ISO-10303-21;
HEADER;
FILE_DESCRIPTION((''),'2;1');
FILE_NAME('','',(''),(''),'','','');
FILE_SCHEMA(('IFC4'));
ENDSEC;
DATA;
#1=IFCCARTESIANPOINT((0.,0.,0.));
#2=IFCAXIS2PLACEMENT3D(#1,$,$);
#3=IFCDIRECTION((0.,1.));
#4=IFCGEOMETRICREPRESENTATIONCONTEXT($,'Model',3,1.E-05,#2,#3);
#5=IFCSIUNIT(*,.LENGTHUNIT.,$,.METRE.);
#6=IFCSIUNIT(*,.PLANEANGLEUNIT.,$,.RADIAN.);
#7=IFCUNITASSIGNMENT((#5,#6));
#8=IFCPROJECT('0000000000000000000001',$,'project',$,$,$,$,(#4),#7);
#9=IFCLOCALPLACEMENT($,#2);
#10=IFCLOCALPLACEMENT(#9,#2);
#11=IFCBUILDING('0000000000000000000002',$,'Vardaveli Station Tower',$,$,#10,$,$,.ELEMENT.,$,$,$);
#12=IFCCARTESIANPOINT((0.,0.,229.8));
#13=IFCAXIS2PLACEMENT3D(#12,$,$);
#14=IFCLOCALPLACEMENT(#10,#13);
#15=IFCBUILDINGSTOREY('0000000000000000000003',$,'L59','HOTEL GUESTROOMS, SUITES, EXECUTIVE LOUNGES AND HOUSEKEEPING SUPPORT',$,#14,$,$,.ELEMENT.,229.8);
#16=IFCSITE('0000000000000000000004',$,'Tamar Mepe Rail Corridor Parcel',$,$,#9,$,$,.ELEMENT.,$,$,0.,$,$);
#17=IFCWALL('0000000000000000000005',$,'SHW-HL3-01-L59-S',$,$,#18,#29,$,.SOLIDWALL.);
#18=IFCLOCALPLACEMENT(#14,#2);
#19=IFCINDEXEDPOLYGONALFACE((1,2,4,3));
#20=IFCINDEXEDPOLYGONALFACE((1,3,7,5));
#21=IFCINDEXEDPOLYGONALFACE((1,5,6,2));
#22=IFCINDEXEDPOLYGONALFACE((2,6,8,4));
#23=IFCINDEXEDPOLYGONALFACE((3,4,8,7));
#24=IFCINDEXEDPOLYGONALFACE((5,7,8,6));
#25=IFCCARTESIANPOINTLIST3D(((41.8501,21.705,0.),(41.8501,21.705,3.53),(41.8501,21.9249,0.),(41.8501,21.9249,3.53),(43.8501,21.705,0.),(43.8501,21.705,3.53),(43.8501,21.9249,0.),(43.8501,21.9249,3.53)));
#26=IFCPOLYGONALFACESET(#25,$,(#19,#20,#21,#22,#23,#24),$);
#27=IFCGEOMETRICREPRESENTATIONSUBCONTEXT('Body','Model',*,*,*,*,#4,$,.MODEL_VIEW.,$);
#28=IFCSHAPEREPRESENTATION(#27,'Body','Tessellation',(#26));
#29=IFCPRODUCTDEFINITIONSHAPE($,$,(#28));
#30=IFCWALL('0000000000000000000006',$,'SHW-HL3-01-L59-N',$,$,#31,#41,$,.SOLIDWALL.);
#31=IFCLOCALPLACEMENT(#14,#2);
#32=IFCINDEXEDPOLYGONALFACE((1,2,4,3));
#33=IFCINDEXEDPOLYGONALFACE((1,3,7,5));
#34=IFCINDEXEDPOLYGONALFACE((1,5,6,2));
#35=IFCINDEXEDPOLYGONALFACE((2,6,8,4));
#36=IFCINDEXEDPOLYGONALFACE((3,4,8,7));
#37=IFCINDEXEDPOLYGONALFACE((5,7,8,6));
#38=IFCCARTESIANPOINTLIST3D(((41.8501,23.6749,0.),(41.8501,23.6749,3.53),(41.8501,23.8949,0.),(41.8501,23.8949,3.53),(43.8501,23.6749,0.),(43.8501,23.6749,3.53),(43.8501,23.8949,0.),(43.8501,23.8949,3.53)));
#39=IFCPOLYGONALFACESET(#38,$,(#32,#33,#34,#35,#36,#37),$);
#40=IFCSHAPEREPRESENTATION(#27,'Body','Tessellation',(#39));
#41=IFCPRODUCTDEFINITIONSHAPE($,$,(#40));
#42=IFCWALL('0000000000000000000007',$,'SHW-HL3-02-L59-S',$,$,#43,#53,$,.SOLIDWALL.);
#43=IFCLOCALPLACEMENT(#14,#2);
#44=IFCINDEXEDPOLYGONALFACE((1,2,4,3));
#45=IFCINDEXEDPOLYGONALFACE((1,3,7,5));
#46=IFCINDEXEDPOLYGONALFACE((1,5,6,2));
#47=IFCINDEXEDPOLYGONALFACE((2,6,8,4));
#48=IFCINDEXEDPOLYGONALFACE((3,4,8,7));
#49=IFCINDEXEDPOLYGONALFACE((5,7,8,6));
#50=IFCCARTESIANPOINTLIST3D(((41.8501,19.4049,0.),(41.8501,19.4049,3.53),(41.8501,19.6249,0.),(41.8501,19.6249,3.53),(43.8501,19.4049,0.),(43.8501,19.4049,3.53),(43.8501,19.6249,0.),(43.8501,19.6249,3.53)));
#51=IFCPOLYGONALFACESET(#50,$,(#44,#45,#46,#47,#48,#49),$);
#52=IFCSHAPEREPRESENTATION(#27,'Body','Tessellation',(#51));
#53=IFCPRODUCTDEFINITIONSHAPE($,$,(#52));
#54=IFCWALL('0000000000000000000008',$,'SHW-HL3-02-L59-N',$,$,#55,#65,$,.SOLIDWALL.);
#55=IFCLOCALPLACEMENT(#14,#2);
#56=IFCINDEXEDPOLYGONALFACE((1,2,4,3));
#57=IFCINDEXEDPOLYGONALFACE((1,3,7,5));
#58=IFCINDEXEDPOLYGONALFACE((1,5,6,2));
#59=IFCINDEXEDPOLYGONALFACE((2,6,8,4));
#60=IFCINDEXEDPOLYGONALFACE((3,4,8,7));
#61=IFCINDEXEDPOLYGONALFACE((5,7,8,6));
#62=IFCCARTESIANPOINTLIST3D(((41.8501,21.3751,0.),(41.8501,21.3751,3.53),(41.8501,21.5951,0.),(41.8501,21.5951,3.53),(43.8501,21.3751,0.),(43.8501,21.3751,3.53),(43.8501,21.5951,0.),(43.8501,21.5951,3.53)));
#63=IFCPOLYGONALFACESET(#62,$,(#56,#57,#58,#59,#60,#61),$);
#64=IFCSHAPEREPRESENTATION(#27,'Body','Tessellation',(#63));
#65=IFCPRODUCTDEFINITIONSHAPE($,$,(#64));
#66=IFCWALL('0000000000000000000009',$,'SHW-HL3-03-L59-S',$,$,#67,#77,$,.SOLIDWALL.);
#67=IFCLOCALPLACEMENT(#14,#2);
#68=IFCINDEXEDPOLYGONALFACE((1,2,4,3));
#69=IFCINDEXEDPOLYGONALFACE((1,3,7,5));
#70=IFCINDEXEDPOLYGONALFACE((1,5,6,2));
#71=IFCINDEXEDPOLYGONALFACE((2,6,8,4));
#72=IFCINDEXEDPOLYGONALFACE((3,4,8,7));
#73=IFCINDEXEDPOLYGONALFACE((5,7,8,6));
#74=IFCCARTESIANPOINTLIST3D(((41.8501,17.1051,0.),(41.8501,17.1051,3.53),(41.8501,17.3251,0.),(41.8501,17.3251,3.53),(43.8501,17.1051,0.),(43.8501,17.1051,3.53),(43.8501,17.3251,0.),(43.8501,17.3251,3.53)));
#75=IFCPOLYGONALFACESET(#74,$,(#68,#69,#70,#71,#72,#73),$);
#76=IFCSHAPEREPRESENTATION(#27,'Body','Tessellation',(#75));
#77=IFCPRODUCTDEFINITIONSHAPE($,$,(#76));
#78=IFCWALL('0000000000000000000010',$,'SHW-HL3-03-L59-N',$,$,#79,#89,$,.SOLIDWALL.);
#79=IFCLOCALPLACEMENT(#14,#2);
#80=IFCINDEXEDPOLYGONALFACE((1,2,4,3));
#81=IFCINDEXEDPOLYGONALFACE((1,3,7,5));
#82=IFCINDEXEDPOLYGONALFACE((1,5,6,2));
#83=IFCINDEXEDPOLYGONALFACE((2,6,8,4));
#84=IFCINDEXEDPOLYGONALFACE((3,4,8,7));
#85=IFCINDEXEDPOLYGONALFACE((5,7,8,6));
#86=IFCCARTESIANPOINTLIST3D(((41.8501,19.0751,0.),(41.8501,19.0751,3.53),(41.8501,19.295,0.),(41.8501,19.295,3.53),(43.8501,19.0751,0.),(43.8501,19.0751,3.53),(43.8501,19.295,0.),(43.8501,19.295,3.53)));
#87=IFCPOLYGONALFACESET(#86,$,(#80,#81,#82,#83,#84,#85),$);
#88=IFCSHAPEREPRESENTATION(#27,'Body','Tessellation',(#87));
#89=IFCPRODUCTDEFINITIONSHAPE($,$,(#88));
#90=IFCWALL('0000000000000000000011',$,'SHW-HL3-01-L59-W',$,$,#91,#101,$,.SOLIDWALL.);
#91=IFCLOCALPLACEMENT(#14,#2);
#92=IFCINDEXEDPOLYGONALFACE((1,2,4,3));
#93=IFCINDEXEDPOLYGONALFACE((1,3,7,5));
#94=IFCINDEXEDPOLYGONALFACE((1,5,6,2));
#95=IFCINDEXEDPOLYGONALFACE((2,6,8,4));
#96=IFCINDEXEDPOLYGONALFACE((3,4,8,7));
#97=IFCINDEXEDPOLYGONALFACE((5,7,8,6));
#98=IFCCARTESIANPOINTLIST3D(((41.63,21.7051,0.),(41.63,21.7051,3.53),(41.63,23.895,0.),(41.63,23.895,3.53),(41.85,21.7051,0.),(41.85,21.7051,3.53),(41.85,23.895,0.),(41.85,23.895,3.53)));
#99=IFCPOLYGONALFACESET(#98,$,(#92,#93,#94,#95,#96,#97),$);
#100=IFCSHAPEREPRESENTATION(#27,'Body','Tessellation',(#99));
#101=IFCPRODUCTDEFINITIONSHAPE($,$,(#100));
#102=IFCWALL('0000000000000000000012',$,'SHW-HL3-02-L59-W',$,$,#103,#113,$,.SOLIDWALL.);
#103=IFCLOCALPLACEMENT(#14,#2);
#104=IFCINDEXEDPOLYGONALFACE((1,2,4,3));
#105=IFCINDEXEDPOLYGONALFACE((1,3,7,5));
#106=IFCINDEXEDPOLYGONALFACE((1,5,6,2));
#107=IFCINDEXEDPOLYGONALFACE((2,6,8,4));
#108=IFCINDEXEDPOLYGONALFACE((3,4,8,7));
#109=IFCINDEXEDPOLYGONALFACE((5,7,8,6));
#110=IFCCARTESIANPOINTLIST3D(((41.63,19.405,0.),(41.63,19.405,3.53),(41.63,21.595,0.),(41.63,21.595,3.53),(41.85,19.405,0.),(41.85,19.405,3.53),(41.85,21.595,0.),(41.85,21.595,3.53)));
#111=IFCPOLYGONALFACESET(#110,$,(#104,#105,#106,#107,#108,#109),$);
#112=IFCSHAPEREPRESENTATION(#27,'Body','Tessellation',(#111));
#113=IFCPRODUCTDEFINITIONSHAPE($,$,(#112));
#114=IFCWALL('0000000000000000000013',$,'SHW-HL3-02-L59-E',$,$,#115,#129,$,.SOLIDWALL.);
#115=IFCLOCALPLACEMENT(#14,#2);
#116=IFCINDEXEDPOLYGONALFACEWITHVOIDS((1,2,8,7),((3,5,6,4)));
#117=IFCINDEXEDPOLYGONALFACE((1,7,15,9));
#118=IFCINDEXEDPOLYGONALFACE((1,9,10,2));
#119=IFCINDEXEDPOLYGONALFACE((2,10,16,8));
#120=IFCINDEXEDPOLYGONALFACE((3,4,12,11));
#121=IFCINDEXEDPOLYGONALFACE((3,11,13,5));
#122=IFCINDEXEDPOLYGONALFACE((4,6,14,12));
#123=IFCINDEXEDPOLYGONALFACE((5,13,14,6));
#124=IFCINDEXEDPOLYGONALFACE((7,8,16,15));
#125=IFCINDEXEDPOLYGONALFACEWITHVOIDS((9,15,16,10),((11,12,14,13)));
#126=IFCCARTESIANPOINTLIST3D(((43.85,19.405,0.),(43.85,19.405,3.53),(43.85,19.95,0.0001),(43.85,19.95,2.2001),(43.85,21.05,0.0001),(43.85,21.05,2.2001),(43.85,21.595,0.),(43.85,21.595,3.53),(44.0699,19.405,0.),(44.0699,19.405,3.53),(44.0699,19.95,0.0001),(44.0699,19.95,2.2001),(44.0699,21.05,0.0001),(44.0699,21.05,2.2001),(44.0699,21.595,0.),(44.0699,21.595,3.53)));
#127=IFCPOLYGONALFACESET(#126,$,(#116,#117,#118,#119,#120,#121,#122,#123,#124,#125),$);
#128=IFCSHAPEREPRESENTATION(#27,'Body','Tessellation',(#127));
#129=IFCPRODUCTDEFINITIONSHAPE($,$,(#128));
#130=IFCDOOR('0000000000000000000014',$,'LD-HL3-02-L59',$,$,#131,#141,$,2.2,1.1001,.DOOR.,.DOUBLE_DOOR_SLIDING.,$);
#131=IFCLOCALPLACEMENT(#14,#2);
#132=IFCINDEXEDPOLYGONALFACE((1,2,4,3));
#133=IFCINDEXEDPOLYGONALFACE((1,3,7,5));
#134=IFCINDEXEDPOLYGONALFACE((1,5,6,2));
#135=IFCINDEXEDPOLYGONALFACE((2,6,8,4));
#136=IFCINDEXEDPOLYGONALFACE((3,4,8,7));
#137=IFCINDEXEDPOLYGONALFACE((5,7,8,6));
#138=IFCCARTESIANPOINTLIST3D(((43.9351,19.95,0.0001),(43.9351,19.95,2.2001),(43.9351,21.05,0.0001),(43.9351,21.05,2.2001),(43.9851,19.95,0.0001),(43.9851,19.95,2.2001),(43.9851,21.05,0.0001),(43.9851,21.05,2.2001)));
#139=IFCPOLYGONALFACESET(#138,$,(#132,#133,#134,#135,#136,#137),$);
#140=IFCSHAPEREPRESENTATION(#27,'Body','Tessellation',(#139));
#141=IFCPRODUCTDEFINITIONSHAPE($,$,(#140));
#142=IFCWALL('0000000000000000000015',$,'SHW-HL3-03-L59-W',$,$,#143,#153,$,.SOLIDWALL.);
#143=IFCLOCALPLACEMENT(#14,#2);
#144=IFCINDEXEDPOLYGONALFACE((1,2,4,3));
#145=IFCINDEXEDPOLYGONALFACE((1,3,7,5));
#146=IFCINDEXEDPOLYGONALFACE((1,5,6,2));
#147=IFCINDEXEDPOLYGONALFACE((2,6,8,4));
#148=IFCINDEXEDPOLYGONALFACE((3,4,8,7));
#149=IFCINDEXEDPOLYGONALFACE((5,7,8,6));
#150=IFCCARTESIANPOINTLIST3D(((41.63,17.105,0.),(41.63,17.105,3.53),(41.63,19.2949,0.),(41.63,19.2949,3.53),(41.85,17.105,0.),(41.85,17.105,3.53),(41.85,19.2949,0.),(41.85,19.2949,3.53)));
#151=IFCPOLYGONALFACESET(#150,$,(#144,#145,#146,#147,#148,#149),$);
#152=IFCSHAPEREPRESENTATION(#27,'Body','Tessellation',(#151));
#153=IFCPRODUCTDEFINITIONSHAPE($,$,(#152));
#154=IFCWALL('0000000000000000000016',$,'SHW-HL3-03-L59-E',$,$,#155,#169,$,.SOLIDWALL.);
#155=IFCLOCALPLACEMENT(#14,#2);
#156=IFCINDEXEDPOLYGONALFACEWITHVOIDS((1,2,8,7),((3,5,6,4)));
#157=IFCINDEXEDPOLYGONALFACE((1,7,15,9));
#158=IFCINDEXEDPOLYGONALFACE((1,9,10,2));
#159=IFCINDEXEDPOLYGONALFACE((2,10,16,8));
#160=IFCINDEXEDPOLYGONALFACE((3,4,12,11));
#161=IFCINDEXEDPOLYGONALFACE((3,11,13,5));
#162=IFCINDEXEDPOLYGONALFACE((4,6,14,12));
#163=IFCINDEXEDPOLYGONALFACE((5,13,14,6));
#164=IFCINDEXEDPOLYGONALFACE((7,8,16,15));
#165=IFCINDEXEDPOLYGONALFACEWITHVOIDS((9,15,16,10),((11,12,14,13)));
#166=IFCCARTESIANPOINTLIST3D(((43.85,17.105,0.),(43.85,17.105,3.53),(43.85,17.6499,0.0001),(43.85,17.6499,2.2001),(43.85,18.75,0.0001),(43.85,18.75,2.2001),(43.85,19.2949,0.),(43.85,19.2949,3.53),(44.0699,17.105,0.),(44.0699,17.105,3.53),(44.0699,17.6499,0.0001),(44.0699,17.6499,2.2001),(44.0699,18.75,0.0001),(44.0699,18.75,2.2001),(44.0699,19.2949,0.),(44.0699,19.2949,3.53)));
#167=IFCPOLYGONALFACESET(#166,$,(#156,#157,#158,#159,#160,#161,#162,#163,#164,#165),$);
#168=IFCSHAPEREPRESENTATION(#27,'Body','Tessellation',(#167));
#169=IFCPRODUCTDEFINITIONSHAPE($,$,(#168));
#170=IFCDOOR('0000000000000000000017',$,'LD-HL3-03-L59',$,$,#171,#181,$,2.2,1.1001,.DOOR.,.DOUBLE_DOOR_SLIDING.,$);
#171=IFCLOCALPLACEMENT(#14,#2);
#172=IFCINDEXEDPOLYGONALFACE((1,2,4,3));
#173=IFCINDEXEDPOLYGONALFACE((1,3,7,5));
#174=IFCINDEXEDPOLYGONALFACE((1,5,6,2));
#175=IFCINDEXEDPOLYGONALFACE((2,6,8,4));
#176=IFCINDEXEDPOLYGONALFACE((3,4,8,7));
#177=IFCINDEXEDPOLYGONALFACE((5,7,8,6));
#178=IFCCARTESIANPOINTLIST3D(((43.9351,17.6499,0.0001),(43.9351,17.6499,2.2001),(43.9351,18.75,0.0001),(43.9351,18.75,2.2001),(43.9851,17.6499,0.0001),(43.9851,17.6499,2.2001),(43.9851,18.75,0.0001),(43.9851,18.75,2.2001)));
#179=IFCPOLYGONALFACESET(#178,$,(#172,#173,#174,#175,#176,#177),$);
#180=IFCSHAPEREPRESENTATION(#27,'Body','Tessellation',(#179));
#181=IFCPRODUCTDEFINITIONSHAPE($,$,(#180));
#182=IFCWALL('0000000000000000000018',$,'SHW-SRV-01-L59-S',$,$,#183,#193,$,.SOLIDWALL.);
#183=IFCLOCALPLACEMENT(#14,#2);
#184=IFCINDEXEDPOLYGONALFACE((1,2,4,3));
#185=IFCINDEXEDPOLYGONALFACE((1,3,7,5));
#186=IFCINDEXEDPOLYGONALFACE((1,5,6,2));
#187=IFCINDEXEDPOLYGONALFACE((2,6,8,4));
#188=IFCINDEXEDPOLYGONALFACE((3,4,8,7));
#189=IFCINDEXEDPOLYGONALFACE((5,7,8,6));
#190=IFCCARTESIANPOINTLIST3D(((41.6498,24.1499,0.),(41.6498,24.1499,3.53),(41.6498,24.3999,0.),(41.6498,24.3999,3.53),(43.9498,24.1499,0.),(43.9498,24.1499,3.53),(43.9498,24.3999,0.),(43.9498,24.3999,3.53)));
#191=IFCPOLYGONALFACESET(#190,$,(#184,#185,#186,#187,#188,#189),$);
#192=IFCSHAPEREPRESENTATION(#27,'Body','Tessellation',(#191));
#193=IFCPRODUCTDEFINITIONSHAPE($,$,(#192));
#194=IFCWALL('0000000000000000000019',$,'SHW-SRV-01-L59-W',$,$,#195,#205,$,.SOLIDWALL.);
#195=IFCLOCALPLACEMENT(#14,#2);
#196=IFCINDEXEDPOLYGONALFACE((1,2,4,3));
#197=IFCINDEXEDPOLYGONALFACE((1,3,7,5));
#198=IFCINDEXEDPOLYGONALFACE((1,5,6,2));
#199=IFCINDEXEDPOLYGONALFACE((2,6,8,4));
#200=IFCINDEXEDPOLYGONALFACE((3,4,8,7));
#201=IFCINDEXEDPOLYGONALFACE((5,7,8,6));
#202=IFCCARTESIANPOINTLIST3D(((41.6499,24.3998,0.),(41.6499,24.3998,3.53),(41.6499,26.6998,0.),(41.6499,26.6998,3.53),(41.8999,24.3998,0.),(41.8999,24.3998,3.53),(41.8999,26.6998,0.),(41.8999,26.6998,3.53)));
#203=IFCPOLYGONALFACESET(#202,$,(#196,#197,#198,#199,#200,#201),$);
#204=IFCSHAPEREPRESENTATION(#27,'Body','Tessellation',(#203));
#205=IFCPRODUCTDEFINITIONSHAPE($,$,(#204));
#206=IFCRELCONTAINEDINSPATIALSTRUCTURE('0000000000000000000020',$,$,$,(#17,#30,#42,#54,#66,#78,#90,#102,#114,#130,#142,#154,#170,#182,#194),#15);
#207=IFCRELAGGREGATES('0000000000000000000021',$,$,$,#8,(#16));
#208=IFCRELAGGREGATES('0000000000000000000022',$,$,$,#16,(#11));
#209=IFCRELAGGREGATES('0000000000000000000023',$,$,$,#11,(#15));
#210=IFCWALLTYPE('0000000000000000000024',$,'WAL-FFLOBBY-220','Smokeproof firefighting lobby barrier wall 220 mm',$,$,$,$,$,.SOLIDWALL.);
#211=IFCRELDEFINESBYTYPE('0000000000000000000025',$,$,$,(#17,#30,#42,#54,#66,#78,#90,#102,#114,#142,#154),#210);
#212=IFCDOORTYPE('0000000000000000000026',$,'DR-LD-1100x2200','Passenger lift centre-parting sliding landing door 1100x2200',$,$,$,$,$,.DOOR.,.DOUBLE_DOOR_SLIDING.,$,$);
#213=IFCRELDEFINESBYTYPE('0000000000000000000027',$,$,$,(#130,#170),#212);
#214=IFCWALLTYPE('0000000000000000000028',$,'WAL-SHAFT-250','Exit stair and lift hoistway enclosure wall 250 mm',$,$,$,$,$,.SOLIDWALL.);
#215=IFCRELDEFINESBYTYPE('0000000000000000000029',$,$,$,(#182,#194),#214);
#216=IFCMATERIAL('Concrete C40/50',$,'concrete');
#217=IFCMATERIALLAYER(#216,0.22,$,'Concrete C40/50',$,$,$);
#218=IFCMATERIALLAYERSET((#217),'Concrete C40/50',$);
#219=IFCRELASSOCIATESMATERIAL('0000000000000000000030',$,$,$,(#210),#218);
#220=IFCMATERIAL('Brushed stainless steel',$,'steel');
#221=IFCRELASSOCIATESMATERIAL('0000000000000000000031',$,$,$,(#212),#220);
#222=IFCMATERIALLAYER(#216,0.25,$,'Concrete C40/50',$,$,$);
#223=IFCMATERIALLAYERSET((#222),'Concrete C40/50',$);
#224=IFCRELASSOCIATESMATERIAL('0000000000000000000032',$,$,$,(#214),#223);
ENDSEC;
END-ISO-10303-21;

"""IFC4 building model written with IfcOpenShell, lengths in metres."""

from ifc_helpers import new_model, si_unit, direction, frame, frame_2d, origin, place, context, subcontext, project, spatial, rectangle, extrude, source, transform, mapped, material, layer, layer_set, type_object, element, fill, save


model = new_model("IFC4")

# Units and contexts
model_context = context("Model", 3, precision=1e-05, world=origin(), true_north=direction((0.0, 1.0)))
body_context = subcontext(model_context, "Body", "Model", "MODEL_VIEW")
ifc_project = project(units=[si_unit("LENGTHUNIT", "METRE"), si_unit("PLANEANGLEUNIT", "RADIAN")], contexts=[model_context])

# Site, building, storey
site_placement = place(None, origin())
site = spatial("IfcSite", under=ifc_project, at=site_placement, Name="Tamar Mepe Rail Corridor Parcel", CompositionType="ELEMENT", RefElevation=0.0)
building_placement = place(site_placement, origin())
building = spatial("IfcBuilding", under=site, at=building_placement, Name="Vardaveli Station Tower", CompositionType="ELEMENT")
storey_placement = place(building_placement, frame((0.0, 0.0, 229.8)))
storey = spatial("IfcBuildingStorey", under=building, at=storey_placement, Name="L59", Description="HOTEL GUESTROOMS, SUITES, EXECUTIVE LOUNGES AND HOUSEKEEPING SUPPORT", CompositionType="ELEMENT", Elevation=229.8)

# Walls
ifc_material_1 = material(Name="Concrete C40/50", Category="concrete")
ifc_layer_1 = layer(ifc_material_1, 0.22, Name="Concrete C40/50")
ifc_layer_set_1 = layer_set([ifc_layer_1], Name="Concrete C40/50")
wall_type_1 = type_object("IfcWallType", Name="WAL-FFLOBBY-220", Description="Smokeproof firefighting lobby barrier wall 220 mm", PredefinedType="SOLIDWALL", material=ifc_layer_set_1)
shared_shape_1 = source(origin(), body_context, "Body", "SweptSolid", [
    extrude(rectangle(XDim=2.0, YDim=0.22, at=frame_2d((1.0, 0.0))), origin(), (0.0, 0.0, 1.0), 3.53),
])
for number, where, z_axis, x_axis, name in (
    (1, (41.8501, 21.8149, 0.0), (0.0, 0.0, 1.0), (1.0, 0.0, 0.0), "SHW-HL3-01-L59-S"),
    (2, (41.8501, 23.7849, 0.0), (0.0, 0.0, 1.0), (1.0, 0.0, 0.0), "SHW-HL3-01-L59-N"),
    (3, (41.8501, 19.5149, 0.0), (0.0, 0.0, 1.0), (1.0, 0.0, 0.0), "SHW-HL3-02-L59-S"),
    (4, (41.8501, 21.4851, 0.0), (0.0, 0.0, 1.0), (1.0, 0.0, 0.0), "SHW-HL3-02-L59-N"),
    (5, (41.8501, 17.2151, 0.0), (0.0, 0.0, 1.0), (1.0, 0.0, 0.0), "SHW-HL3-03-L59-S"),
    (6, (41.8501, 19.1851, 0.0), (0.0, 0.0, 1.0), (1.0, 0.0, 0.0), "SHW-HL3-03-L59-N"),
):
    element("IfcWall", number, at=place(storey_placement, frame(where, z_axis=z_axis, x_axis=x_axis)), inside=storey, type_object=wall_type_1, Name=name, PredefinedType="SOLIDWALL", context=body_context, shape_type="MappedRepresentation", body=[
        mapped(shared_shape_1, transform((0.0, 0.0, 0.0), scale=1.0)),
    ])
shared_shape_2 = source(origin(), body_context, "Body", "SweptSolid", [
    extrude(rectangle(XDim=2.1899, YDim=0.22, at=frame_2d((1.095, 0.0))), origin(), (0.0, 0.0, 1.0), 3.53),
])
for number, where, z_axis, x_axis, name in (
    (7, (41.74, 21.7051, 0.0), (0.0, 0.0, 1.0), (0.0, 1.0, 0.0), "SHW-HL3-01-L59-W"),
    (8, (41.74, 19.405, 0.0), (0.0, 0.0, 1.0), (0.0, 1.0, 0.0), "SHW-HL3-02-L59-W"),
):
    element("IfcWall", number, at=place(storey_placement, frame(where, z_axis=z_axis, x_axis=x_axis)), inside=storey, type_object=wall_type_1, Name=name, PredefinedType="SOLIDWALL", context=body_context, shape_type="MappedRepresentation", body=[
        mapped(shared_shape_2, transform((0.0, 0.0, 0.0), scale=1.0)),
    ])

# Wall, opening, door
wall_1_placement = place(storey_placement, frame((43.96, 19.405, 0.0), z_axis=(0.0, 0.0, 1.0), x_axis=(0.0, 1.0, 0.0)))
wall_1 = element("IfcWall", 9, at=wall_1_placement, inside=storey, type_object=wall_type_1, Name="SHW-HL3-02-L59-E", PredefinedType="SOLIDWALL", context=body_context, shape_type="MappedRepresentation", body=[
    mapped(shared_shape_2, transform((0.0, 0.0, 0.0), scale=1.0)),
])
shared_shape_3 = source(origin(), body_context, "Body", "SweptSolid", [
    extrude(rectangle(XDim=1.1001, YDim=2.2, at=frame_2d((0.55, 1.1001))), frame((0.0, 0.1201, 0.0), z_axis=(0.0, -1.0, 0.0), x_axis=(1.0, 0.0, 0.0)), (0.0, 0.0, 1.0), 0.24),
])
opening_1_placement = place(wall_1_placement, frame((0.5449, 0.0, 0.0)))
opening_1 = element("IfcOpeningElement", 10, at=opening_1_placement, cuts=wall_1, PredefinedType="OPENING", context=body_context, shape_type="MappedRepresentation", body=[
    mapped(shared_shape_3, transform((0.0, 0.0, 0.0), scale=1.0)),
])
ifc_material_2 = material(Name="Brushed stainless steel", Category="steel")
door_type = type_object("IfcDoorType", Name="DR-LD-1100x2200", Description="Passenger lift centre-parting sliding landing door 1100x2200", OperationType="DOUBLE_DOOR_SLIDING", PredefinedType="DOOR", material=ifc_material_2)
shared_shape_4 = source(origin(), body_context, "Body", "SweptSolid", [
    extrude(rectangle(XDim=1.1001, YDim=2.2, at=frame_2d((0.55, 1.1001))), frame((0.0, 0.0249, 0.0), z_axis=(0.0, -1.0, 0.0), x_axis=(1.0, 0.0, 0.0)), (0.0, 0.0, 1.0), 0.05),
])
door_1_placement = place(opening_1_placement, origin())
door_1 = element("IfcDoor", 11, at=door_1_placement, inside=storey, type_object=door_type, Name="LD-HL3-02-L59", OperationType="DOUBLE_DOOR_SLIDING", OverallHeight=2.2, OverallWidth=1.1001, PredefinedType="DOOR", context=body_context, shape_type="MappedRepresentation", body=[
    mapped(shared_shape_4, transform((0.0, 0.0, 0.0), scale=1.0)),
])
fill(opening_1, door_1)

# Wall
wall_2_placement = place(storey_placement, frame((41.74, 17.105, 0.0), z_axis=(0.0, 0.0, 1.0), x_axis=(0.0, 1.0, 0.0)))
element("IfcWall", 12, at=wall_2_placement, inside=storey, type_object=wall_type_1, Name="SHW-HL3-03-L59-W", PredefinedType="SOLIDWALL", context=body_context, shape_type="MappedRepresentation", body=[
    mapped(shared_shape_2, transform((0.0, 0.0, 0.0), scale=1.0)),
])

# Wall, opening, door
wall_3_placement = place(storey_placement, frame((43.96, 17.105, 0.0), z_axis=(0.0, 0.0, 1.0), x_axis=(0.0, 1.0, 0.0)))
wall_3 = element("IfcWall", 13, at=wall_3_placement, inside=storey, type_object=wall_type_1, Name="SHW-HL3-03-L59-E", PredefinedType="SOLIDWALL", context=body_context, shape_type="MappedRepresentation", body=[
    mapped(shared_shape_2, transform((0.0, 0.0, 0.0), scale=1.0)),
])
opening_2_placement = place(wall_3_placement, frame((0.5449, 0.0, 0.0)))
opening_2 = element("IfcOpeningElement", 14, at=opening_2_placement, cuts=wall_3, PredefinedType="OPENING", context=body_context, shape_type="MappedRepresentation", body=[
    mapped(shared_shape_3, transform((0.0, 0.0, 0.0), scale=1.0)),
])
door_2_placement = place(opening_2_placement, origin())
door_2 = element("IfcDoor", 15, at=door_2_placement, inside=storey, type_object=door_type, Name="LD-HL3-03-L59", OperationType="DOUBLE_DOOR_SLIDING", OverallHeight=2.2, OverallWidth=1.1001, PredefinedType="DOOR", context=body_context, shape_type="MappedRepresentation", body=[
    mapped(shared_shape_4, transform((0.0, 0.0, 0.0), scale=1.0)),
])
fill(opening_2, door_2)

# Walls
ifc_layer_2 = layer(ifc_material_1, 0.25, Name="Concrete C40/50")
ifc_layer_set_2 = layer_set([ifc_layer_2], Name="Concrete C40/50")
wall_type_2 = type_object("IfcWallType", Name="WAL-SHAFT-250", Description="Exit stair and lift hoistway enclosure wall 250 mm", PredefinedType="SOLIDWALL", material=ifc_layer_set_2)
shared_shape_5 = source(origin(), body_context, "Body", "SweptSolid", [
    extrude(rectangle(XDim=2.3, YDim=0.25, at=frame_2d((1.1499, 0.0))), origin(), (0.0, 0.0, 1.0), 3.53),
])
for number, where, z_axis, x_axis, name in (
    (16, (41.6499, 24.2749, 0.0), (0.0, 0.0, 1.0), (1.0, 0.0, 0.0), "SHW-SRV-01-L59-S"),
    (17, (41.7749, 24.3999, 0.0), (0.0, 0.0, 1.0), (0.0, 1.0, 0.0), "SHW-SRV-01-L59-W"),
):
    element("IfcWall", number, at=place(storey_placement, frame(where, z_axis=z_axis, x_axis=x_axis)), inside=storey, type_object=wall_type_2, Name=name, PredefinedType="SOLIDWALL", context=body_context, shape_type="MappedRepresentation", body=[
        mapped(shared_shape_5, transform((0.0, 0.0, 0.0), scale=1.0)),
    ])

save(model, "model.ifc")
